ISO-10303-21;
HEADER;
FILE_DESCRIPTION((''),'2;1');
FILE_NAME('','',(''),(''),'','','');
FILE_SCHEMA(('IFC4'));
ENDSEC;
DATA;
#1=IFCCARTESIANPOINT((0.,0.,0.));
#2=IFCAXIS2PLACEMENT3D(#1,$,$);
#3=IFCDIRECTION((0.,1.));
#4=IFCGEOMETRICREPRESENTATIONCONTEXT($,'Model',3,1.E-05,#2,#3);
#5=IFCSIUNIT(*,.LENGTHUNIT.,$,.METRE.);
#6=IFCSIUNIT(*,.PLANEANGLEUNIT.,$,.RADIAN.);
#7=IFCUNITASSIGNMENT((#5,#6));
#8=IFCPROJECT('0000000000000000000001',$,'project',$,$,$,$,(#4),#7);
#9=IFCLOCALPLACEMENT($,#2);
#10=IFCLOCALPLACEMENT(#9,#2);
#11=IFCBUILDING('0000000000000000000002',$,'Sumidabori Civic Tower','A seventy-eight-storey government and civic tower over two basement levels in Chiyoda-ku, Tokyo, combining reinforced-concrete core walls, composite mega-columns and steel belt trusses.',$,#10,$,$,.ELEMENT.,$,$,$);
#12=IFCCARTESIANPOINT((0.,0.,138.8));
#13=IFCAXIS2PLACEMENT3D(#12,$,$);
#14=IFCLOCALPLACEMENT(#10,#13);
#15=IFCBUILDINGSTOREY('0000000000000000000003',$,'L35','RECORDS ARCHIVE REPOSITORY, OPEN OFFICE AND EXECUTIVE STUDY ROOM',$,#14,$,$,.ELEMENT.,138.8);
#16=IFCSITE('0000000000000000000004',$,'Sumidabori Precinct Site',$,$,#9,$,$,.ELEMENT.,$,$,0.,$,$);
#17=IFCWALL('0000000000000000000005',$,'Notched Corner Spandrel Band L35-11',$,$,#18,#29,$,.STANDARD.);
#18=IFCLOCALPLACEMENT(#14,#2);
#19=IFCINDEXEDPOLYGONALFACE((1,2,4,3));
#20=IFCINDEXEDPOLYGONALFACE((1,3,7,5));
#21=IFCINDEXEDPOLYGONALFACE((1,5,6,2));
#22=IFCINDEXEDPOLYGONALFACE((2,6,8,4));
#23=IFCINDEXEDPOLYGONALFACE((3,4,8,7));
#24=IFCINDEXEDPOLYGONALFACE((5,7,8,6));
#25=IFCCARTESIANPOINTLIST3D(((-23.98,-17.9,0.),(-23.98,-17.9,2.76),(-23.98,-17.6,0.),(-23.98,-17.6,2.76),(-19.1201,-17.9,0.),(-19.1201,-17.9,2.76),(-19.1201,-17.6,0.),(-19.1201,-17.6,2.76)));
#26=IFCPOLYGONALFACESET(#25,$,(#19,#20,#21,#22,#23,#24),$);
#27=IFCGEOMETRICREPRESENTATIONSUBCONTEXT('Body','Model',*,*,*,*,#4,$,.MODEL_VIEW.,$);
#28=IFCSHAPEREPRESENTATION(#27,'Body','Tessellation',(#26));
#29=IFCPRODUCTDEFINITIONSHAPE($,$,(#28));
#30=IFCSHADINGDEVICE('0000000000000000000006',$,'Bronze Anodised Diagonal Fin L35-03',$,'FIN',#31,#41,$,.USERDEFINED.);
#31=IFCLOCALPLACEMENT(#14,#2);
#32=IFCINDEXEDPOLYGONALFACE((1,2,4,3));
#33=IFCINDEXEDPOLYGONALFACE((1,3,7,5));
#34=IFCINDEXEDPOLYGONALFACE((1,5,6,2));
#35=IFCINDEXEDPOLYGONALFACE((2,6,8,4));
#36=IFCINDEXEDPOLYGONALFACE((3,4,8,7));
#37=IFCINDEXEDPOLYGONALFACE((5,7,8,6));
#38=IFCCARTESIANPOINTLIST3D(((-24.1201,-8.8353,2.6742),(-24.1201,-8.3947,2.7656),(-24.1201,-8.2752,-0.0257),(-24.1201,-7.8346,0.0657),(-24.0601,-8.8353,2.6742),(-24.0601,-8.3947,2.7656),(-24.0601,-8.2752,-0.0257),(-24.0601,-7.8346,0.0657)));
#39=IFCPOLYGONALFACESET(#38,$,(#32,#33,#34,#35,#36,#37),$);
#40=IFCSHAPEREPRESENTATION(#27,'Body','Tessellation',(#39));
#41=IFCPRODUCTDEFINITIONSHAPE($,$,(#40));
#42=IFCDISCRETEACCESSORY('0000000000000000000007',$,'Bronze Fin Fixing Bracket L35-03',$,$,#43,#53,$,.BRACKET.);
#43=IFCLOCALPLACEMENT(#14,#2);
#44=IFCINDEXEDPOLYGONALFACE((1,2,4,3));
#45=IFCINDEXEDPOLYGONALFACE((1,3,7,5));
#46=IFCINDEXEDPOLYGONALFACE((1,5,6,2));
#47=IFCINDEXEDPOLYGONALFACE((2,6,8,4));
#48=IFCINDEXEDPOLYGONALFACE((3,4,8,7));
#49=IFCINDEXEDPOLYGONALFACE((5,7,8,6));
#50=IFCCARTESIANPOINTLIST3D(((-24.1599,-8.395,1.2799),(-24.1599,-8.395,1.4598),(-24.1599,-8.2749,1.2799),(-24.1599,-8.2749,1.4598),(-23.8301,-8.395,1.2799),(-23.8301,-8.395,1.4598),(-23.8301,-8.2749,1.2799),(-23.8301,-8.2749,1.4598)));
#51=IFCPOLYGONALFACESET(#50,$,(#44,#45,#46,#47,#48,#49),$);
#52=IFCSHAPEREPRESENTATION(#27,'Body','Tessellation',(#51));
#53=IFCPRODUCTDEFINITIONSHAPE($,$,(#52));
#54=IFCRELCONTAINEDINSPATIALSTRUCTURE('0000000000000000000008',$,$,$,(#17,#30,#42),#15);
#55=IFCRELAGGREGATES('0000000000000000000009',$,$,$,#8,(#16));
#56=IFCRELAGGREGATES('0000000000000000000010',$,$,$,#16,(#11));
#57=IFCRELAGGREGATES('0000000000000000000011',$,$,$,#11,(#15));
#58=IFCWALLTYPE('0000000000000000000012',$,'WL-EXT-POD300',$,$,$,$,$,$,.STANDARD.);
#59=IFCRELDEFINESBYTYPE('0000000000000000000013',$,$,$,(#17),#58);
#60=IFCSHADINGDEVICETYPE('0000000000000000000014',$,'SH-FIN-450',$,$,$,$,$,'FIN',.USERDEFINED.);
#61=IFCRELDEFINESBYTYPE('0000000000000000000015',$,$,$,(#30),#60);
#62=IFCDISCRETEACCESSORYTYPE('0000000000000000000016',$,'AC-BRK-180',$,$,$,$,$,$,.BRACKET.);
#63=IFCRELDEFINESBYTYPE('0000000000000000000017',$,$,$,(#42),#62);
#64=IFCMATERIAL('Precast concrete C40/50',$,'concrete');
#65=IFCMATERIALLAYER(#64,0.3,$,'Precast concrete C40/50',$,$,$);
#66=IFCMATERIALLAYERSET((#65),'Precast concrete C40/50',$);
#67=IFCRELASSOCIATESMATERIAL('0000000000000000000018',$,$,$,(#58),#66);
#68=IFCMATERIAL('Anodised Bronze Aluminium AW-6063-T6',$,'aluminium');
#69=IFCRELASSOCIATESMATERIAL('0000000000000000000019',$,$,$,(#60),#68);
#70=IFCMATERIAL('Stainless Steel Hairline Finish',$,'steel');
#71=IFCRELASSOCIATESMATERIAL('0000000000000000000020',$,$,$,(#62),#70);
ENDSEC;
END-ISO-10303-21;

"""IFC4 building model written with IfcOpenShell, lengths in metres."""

from ifc_helpers import new_model, si_unit, direction, frame, frame_2d, origin, origin_2d, place, context, subcontext, project, spatial, rectangle, extrude, source, transform, mapped, material, layer, layer_set, material_profile, profile_set, type_object, element, save


model = new_model("IFC4")

# Units and contexts
model_context = context("Model", 3, precision=1e-05, world=origin(), true_north=direction((0.0, 1.0)))
body_context = subcontext(model_context, "Body", "Model", "MODEL_VIEW")
ifc_project = project(units=[si_unit("LENGTHUNIT", "METRE"), si_unit("PLANEANGLEUNIT", "RADIAN")], contexts=[model_context])

# Site, building, storey
site_placement = place(None, origin())
site = spatial("IfcSite", under=ifc_project, at=site_placement, Name="Sumidabori Precinct Site", CompositionType="ELEMENT", RefElevation=0.0)
building_placement = place(site_placement, origin())
building = spatial("IfcBuilding", under=site, at=building_placement, Name="Sumidabori Civic Tower", Description="A seventy-eight-storey government and civic tower over two basement levels in Chiyoda-ku, Tokyo, combining reinforced-concrete core walls, composite mega-columns and steel belt trusses.", CompositionType="ELEMENT")
storey_placement = place(building_placement, frame((0.0, 0.0, 138.8)))
storey = spatial("IfcBuildingStorey", under=building, at=storey_placement, Name="L35", Description="RECORDS ARCHIVE REPOSITORY, OPEN OFFICE AND EXECUTIVE STUDY ROOM", CompositionType="ELEMENT", Elevation=138.8)

# Shared definitions
ifc_material_1 = material(Name="Anodised Bronze Aluminium AW-6063-T6", Category="aluminium")

# Wall
ifc_material_2 = material(Name="Precast concrete C40/50", Category="concrete")
ifc_layer_1 = layer(ifc_material_2, 0.3, Name="Precast concrete C40/50")
ifc_layer_set_1 = layer_set([ifc_layer_1], Name="Precast concrete C40/50")
wall_type = type_object("IfcWallType", Name="WL-EXT-POD300", PredefinedType="STANDARD", material=ifc_layer_set_1)
shared_shape_1 = source(origin(), body_context, "Body", "SweptSolid", [
    extrude(rectangle(XDim=4.8599, YDim=0.3, at=frame_2d((2.4299, 0.0))), origin(), (0.0, 0.0, 1.0), 2.76),
])
wall_1_placement = place(storey_placement, frame((-23.98, -17.75, 0.0), z_axis=(0.0, 0.0, 1.0), x_axis=(1.0, 0.0, 0.0)))
element("IfcWall", 1, at=wall_1_placement, inside=storey, type_object=wall_type, Name="Notched Corner Spandrel Band L35-11", PredefinedType="STANDARD", context=body_context, shape_type="MappedRepresentation", body=[
    mapped(shared_shape_1, transform((0.0, 0.0, 0.0), x_axis=(1.0, 0.0, 0.0), y_axis=(0.0, 1.0, 0.0), z_axis=(0.0, 0.0, 1.0), scale=1.0)),
])

# Shading device
ifc_material_profile_1 = material_profile(ifc_material_1, rectangle(XDim=0.0601, YDim=0.45, at=origin_2d()), Name="BRONZE FIN 450x60")
ifc_profile_set_1 = profile_set([ifc_material_profile_1], Name="Anodised Bronze Aluminium AW-6063-T6")
shading_device_type = type_object("IfcShadingDeviceType", Name="SH-FIN-450", ElementType="FIN", PredefinedType="USERDEFINED", material=ifc_profile_set_1)
shared_shape_2 = source(origin(), body_context, "Body", "SweptSolid", [
    extrude(rectangle(XDim=0.0601, YDim=0.45, at=origin_2d()), origin(), (0.0, 0.0, 1.0), 2.7573),
])
shading_device_placement = place(storey_placement, frame((-24.0901, -8.0549, 0.02), z_axis=(0.0, -0.203109, 0.979156), x_axis=(-1.0, 0.0, 0.0)))
element("IfcShadingDevice", 2, at=shading_device_placement, inside=storey, type_object=shading_device_type, Name="Bronze Anodised Diagonal Fin L35-03", ObjectType="FIN", PredefinedType="USERDEFINED", context=body_context, shape_type="MappedRepresentation", body=[
    mapped(shared_shape_2, transform((0.0, 0.0, 0.0), x_axis=(1.0, 0.0, 0.0), y_axis=(0.0, 1.0, 0.0), z_axis=(0.0, 0.0, 1.0), scale=1.0)),
])

# Discrete accessory
ifc_material_3 = material(Name="Stainless Steel Hairline Finish", Category="steel")
ifc_material_profile_2 = material_profile(ifc_material_3, rectangle(XDim=0.1201, YDim=0.1799, at=origin_2d()), Name="STEEL BRACKET 180x120")
ifc_profile_set_2 = profile_set([ifc_material_profile_2], Name="Stainless Steel Hairline Finish")
discrete_accessory_type = type_object("IfcDiscreteAccessoryType", Name="AC-BRK-180", PredefinedType="BRACKET", material=ifc_profile_set_2)
shared_shape_3 = source(origin(), body_context, "Body", "SweptSolid", [
    extrude(rectangle(XDim=0.1201, YDim=0.1799, at=origin_2d()), origin(), (0.0, 0.0, 1.0), 0.3298),
])
discrete_accessory_placement = place(storey_placement, frame((-23.8301, -8.335, 1.3699), z_axis=(-1.0, 0.0, 0.0), x_axis=(0.0, -1.0, 0.0)))
element("IfcDiscreteAccessory", 3, at=discrete_accessory_placement, inside=storey, type_object=discrete_accessory_type, Name="Bronze Fin Fixing Bracket L35-03", PredefinedType="BRACKET", context=body_context, shape_type="MappedRepresentation", body=[
    mapped(shared_shape_3, transform((0.0, 0.0, 0.0), x_axis=(1.0, 0.0, 0.0), y_axis=(0.0, 1.0, 0.0), z_axis=(0.0, 0.0, 1.0), scale=1.0)),
])

save(model, "model.ifc")
